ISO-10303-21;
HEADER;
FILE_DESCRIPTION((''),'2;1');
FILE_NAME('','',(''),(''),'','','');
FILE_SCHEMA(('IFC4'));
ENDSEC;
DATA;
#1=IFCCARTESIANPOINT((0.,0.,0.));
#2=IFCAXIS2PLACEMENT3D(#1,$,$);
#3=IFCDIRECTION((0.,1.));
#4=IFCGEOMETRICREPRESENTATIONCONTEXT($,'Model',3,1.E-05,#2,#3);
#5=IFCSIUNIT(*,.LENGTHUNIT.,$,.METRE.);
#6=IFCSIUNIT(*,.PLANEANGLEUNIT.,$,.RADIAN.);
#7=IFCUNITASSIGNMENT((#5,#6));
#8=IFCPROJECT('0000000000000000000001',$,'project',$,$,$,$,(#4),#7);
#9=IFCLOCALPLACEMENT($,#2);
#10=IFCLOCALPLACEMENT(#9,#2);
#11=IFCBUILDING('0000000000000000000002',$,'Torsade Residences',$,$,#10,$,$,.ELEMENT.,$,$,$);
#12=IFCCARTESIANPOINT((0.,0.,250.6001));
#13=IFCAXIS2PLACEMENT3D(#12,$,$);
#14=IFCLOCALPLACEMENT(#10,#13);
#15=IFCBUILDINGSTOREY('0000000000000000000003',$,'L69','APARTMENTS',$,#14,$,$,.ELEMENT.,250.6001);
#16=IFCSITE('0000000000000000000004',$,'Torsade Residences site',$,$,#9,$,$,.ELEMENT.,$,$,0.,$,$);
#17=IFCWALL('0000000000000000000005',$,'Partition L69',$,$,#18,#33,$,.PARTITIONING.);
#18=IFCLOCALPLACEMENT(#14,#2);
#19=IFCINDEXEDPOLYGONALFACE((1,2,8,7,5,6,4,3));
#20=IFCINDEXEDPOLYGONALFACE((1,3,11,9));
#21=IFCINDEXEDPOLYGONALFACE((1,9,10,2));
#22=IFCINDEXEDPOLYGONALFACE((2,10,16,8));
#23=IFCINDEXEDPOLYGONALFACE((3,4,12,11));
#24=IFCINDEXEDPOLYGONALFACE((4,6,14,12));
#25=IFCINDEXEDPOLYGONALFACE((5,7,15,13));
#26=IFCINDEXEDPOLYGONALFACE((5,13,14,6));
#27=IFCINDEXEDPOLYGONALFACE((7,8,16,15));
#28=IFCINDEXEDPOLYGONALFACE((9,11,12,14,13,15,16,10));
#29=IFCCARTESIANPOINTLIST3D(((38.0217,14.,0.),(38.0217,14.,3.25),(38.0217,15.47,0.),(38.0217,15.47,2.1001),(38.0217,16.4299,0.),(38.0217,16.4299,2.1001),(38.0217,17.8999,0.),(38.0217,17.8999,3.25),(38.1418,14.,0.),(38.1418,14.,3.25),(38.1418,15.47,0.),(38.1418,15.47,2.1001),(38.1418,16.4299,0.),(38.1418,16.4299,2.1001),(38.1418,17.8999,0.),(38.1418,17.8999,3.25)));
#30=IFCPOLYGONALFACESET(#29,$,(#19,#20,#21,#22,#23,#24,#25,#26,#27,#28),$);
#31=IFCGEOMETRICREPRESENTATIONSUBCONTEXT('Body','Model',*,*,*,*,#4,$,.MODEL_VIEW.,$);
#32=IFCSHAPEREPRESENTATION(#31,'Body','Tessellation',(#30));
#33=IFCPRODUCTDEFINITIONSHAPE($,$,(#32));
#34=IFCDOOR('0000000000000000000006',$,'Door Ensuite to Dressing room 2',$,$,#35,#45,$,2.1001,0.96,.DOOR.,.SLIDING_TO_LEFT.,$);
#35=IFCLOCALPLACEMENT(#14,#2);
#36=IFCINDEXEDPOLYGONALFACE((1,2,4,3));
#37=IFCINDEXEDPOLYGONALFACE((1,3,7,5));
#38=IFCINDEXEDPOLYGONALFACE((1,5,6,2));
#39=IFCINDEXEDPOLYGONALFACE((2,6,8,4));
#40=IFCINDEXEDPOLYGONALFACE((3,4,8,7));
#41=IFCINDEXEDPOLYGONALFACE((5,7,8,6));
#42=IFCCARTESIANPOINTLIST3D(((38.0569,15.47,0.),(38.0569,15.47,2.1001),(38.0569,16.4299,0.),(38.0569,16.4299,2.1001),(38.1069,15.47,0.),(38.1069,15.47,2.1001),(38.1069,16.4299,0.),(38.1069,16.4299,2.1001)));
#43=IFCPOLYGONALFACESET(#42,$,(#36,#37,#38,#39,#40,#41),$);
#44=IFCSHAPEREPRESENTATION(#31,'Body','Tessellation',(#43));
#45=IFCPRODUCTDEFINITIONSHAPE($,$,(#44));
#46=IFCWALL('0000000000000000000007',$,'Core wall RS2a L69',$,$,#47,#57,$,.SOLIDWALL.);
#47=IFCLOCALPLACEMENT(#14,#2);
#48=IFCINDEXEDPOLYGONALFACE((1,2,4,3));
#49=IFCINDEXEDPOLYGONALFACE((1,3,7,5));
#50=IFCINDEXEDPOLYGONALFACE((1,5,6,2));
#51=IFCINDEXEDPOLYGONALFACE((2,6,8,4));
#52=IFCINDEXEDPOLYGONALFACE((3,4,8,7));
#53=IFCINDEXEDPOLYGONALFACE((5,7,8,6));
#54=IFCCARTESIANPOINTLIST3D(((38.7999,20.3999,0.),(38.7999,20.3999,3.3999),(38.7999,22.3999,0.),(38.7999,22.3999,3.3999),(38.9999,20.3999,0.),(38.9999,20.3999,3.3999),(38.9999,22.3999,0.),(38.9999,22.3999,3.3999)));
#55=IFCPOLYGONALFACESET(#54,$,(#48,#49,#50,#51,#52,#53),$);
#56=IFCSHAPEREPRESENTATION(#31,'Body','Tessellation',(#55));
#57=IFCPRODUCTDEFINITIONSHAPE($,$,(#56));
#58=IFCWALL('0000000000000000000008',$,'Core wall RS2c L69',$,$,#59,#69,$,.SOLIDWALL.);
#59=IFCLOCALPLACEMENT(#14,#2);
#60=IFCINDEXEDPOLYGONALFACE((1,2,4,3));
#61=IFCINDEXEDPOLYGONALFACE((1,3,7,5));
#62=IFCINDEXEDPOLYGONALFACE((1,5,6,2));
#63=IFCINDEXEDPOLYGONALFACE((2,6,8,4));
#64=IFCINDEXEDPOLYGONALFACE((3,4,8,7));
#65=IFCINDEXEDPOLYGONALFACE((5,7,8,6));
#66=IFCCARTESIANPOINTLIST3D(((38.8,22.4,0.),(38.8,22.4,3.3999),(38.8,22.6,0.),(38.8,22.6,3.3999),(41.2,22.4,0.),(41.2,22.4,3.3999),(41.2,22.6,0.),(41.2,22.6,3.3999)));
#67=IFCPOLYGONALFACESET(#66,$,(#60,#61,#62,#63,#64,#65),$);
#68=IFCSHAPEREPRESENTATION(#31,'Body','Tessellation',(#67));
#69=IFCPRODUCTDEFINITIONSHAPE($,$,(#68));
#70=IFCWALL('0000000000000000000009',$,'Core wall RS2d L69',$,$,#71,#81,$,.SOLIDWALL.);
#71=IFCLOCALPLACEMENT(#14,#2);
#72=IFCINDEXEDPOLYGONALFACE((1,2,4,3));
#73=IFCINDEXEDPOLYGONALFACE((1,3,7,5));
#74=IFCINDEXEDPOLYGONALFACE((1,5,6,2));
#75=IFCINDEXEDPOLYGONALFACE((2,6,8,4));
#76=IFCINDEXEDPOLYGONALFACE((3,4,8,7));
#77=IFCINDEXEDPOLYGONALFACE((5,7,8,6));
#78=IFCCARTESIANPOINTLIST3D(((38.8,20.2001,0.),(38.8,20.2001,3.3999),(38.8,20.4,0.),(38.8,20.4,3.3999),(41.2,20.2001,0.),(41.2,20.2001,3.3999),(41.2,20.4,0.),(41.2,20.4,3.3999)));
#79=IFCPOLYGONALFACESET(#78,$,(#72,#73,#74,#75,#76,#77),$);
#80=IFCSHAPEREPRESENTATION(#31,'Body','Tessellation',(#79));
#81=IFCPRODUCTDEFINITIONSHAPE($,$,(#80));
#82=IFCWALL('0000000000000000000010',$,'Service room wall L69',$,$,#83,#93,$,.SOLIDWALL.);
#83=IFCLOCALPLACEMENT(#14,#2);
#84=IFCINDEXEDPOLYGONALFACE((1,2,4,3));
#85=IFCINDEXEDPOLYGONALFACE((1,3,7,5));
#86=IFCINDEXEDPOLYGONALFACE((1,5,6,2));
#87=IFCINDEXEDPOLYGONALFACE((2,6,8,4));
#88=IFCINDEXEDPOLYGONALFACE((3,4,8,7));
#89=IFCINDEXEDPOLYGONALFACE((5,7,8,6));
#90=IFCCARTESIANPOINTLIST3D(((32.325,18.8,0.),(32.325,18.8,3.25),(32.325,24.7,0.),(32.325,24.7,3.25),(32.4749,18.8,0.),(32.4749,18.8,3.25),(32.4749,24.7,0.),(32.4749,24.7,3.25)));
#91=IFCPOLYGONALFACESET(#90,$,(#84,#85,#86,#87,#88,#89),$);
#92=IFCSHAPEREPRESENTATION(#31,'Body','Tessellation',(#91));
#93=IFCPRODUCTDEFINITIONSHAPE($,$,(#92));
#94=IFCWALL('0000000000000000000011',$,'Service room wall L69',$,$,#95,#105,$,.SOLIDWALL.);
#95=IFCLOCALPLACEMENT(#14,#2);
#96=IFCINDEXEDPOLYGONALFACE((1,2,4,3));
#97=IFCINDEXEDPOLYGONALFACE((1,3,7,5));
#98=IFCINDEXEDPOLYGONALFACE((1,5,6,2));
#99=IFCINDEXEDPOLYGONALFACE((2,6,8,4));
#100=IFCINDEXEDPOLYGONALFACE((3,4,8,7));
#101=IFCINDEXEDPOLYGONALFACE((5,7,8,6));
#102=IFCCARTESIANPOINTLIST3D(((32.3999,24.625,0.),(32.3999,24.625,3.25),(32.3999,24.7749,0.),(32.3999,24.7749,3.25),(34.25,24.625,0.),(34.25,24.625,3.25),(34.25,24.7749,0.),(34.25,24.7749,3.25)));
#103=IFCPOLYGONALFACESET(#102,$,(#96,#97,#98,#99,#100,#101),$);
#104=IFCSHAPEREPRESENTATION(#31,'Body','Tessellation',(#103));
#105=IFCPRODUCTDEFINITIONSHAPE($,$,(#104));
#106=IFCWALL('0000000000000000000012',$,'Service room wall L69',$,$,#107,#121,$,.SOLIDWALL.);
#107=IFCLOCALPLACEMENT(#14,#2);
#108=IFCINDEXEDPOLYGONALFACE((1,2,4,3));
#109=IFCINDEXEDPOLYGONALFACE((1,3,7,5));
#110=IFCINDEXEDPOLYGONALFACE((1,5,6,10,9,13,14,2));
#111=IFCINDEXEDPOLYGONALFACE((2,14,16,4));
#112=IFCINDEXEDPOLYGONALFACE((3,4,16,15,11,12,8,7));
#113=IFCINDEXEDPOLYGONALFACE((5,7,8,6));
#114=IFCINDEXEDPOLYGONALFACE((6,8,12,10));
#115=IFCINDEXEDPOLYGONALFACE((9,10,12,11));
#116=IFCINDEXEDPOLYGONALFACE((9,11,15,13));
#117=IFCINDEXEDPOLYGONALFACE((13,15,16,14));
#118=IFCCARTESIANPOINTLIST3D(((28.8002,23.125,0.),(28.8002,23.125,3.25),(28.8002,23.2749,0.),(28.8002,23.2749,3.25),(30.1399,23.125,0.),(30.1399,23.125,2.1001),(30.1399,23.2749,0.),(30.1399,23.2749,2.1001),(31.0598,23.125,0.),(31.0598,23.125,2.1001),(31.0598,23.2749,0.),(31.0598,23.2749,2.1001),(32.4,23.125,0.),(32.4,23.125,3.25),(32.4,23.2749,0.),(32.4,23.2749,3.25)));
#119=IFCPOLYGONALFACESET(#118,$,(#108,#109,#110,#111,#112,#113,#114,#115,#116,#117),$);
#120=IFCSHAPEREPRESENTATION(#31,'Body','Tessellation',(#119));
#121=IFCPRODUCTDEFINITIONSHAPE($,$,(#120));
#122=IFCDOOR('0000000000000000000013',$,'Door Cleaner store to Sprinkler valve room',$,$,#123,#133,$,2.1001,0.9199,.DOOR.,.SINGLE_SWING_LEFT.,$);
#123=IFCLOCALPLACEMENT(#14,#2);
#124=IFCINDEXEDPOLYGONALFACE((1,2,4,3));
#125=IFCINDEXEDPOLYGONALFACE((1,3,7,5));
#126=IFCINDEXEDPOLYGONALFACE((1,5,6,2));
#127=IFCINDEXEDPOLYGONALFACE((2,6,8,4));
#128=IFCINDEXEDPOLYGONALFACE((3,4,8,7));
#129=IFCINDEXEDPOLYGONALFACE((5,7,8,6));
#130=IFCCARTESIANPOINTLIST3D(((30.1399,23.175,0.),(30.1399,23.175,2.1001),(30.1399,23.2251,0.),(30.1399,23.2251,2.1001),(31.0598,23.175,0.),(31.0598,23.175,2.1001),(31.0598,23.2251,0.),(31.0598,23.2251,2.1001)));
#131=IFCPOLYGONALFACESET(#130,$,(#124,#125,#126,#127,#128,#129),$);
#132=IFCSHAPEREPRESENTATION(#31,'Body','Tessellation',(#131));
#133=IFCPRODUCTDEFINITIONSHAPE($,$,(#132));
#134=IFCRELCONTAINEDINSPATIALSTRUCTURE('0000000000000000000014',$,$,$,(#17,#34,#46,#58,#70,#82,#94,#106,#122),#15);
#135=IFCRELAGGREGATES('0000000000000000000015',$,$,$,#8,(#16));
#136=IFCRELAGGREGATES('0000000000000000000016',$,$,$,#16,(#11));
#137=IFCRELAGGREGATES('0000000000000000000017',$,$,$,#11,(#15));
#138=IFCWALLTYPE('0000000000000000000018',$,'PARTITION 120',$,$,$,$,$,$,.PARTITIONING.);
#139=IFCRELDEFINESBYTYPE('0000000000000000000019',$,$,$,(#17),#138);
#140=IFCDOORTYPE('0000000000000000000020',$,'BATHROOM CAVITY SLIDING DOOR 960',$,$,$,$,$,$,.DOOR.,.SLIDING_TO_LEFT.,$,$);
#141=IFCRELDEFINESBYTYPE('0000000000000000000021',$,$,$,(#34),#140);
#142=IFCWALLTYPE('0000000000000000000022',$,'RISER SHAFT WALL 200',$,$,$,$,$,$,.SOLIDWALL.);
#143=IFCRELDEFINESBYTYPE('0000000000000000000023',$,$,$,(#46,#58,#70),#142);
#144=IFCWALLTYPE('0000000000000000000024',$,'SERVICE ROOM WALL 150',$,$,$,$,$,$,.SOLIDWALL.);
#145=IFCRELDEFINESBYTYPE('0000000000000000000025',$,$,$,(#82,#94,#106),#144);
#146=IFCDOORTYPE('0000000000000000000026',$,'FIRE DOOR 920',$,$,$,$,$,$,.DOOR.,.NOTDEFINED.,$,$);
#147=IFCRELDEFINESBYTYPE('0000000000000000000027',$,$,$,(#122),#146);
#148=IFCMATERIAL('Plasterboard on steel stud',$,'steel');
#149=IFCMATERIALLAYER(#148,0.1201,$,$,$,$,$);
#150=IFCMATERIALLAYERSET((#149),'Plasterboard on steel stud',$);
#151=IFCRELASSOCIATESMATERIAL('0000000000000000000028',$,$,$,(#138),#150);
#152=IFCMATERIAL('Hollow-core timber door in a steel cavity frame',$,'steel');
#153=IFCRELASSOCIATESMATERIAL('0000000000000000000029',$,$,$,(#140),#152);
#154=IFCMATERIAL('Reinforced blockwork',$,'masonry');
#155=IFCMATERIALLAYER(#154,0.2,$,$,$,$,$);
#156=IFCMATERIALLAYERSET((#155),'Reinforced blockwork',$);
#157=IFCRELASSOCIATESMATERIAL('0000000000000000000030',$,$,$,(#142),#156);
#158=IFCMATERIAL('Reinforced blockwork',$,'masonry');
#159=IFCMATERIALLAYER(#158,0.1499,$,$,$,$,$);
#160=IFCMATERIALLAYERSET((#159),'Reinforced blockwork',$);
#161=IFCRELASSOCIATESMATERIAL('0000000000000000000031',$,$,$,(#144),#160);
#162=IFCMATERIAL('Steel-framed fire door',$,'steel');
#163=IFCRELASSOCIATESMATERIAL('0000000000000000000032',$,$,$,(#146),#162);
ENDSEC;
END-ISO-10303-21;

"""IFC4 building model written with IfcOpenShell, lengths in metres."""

from ifc_helpers import new_model, si_unit, direction, frame, frame_2d, origin, place, context, subcontext, project, spatial, rectangle, extrude, material, layer, layer_set, type_object, element, fill, save


model = new_model("IFC4")

# Units and contexts
model_context = context("Model", 3, precision=1e-05, world=origin(), true_north=direction((0.0, 1.0)))
body_context = subcontext(model_context, "Body", "Model", "MODEL_VIEW")
ifc_project = project(units=[si_unit("LENGTHUNIT", "METRE"), si_unit("PLANEANGLEUNIT", "RADIAN")], contexts=[model_context])

# Site, building, storey
site_placement = place(None, origin())
site = spatial("IfcSite", under=ifc_project, at=site_placement, Name="Torsade Residences site", CompositionType="ELEMENT", RefElevation=0.0)
building_placement = place(site_placement, origin())
building = spatial("IfcBuilding", under=site, at=building_placement, Name="Torsade Residences", CompositionType="ELEMENT")
storey_placement = place(building_placement, frame((0.0, 0.0, 250.6001)))
storey = spatial("IfcBuildingStorey", under=building, at=storey_placement, Name="L69", Description="APARTMENTS", CompositionType="ELEMENT", Elevation=250.6001)

# Wall, opening, door
ifc_material_1 = material(Name="Plasterboard on steel stud", Category="steel")
ifc_layer_1 = layer(ifc_material_1, 0.1201)
ifc_layer_set_1 = layer_set([ifc_layer_1], Name="Plasterboard on steel stud")
wall_type_1 = type_object("IfcWallType", Name="PARTITION 120", PredefinedType="PARTITIONING", material=ifc_layer_set_1)
ifc_material_2 = material(Name="Hollow-core timber door in a steel cavity frame", Category="steel")
door_type_1 = type_object("IfcDoorType", Name="BATHROOM CAVITY SLIDING DOOR 960", OperationType="SLIDING_TO_LEFT", PredefinedType="DOOR", material=ifc_material_2)
wall_1_placement = place(storey_placement, frame((38.0818, 14.0, 0.0), z_axis=(0.0, 0.0, 1.0), x_axis=(0.0, 1.0, 0.0)))
wall_1 = element("IfcWall", 1, at=wall_1_placement, inside=storey, type_object=wall_type_1, Name="Partition L69", PredefinedType="PARTITIONING", context=body_context, shape_type="SweptSolid", body=[
    extrude(rectangle(XDim=3.8999, YDim=0.1201, at=frame_2d((1.95, 0.0))), origin(), (0.0, 0.0, 1.0), 3.25),
])
opening_1_placement = place(wall_1_placement, frame((1.47, 0.0, 0.0)))
opening_1 = element("IfcOpeningElement", 2, at=opening_1_placement, cuts=wall_1, PredefinedType="OPENING", context=body_context, shape_type="SweptSolid", body=[
    extrude(rectangle(XDim=0.96, YDim=2.1001, at=frame_2d((0.48, 1.05))), frame((0.0, 0.0701, 0.0), z_axis=(0.0, -1.0, 0.0), x_axis=(1.0, 0.0, 0.0)), (0.0, 0.0, 1.0), 0.1401),
])
door_1_placement = place(opening_1_placement, origin())
door_1 = element("IfcDoor", 3, at=door_1_placement, inside=storey, type_object=door_type_1, Name="Door Ensuite to Dressing room 2", OperationType="SLIDING_TO_LEFT", OverallHeight=2.1001, OverallWidth=0.96, PredefinedType="DOOR", context=body_context, shape_type="SweptSolid", body=[
    extrude(rectangle(XDim=0.96, YDim=2.1001, at=frame_2d((0.48, 1.05))), frame((0.0, 0.0249, 0.0), z_axis=(0.0, -1.0, 0.0), x_axis=(1.0, 0.0, 0.0)), (0.0, 0.0, 1.0), 0.05),
])
fill(opening_1, door_1)

# Walls
ifc_material_3 = material(Name="Reinforced blockwork", Category="masonry")
ifc_layer_2 = layer(ifc_material_3, 0.2)
ifc_layer_set_2 = layer_set([ifc_layer_2], Name="Reinforced blockwork")
wall_type_2 = type_object("IfcWallType", Name="RISER SHAFT WALL 200", PredefinedType="SOLIDWALL", material=ifc_layer_set_2)
wall_2_placement = place(storey_placement, frame((38.8999, 22.3999, 0.0), z_axis=(0.0, 0.0, 1.0), x_axis=(0.0, -1.0, 0.0)))
element("IfcWall", 4, at=wall_2_placement, inside=storey, type_object=wall_type_2, Name="Core wall RS2a L69", PredefinedType="SOLIDWALL", context=body_context, shape_type="SweptSolid", body=[
    extrude(rectangle(XDim=2.0, YDim=0.2, at=frame_2d((1.0, 0.0))), origin(), (0.0, 0.0, 1.0), 3.3999),
])
for number, where, z_axis, x_axis, name in (
    (5, (38.8, 22.5, 0.0), (0.0, 0.0, 1.0), (1.0, 0.0, 0.0), "Core wall RS2c L69"),
    (6, (38.8, 20.3, 0.0), (0.0, 0.0, 1.0), (1.0, 0.0, 0.0), "Core wall RS2d L69"),
):
    element("IfcWall", number, at=place(storey_placement, frame(where, z_axis=z_axis, x_axis=x_axis)), inside=storey, type_object=wall_type_2, Name=name, PredefinedType="SOLIDWALL", context=body_context, shape_type="SweptSolid", body=[
        extrude(rectangle(XDim=2.3999, YDim=0.2, at=frame_2d((1.2, 0.0))), origin(), (0.0, 0.0, 1.0), 3.3999),
    ])
ifc_material_4 = material(Name="Reinforced blockwork", Category="masonry")
ifc_layer_3 = layer(ifc_material_4, 0.1499)
ifc_layer_set_3 = layer_set([ifc_layer_3], Name="Reinforced blockwork")
wall_type_3 = type_object("IfcWallType", Name="SERVICE ROOM WALL 150", PredefinedType="SOLIDWALL", material=ifc_layer_set_3)
wall_3_placement = place(storey_placement, frame((32.3999, 18.8, 0.0), z_axis=(0.0, 0.0, 1.0), x_axis=(0.0, 1.0, 0.0)))
element("IfcWall", 7, at=wall_3_placement, inside=storey, type_object=wall_type_3, Name="Service room wall L69", PredefinedType="SOLIDWALL", context=body_context, shape_type="SweptSolid", body=[
    extrude(rectangle(XDim=5.8999, YDim=0.1499, at=frame_2d((2.95, 0.0))), origin(), (0.0, 0.0, 1.0), 3.25),
])
wall_4_placement = place(storey_placement, frame((32.3999, 24.7, 0.0), z_axis=(0.0, 0.0, 1.0), x_axis=(1.0, 0.0, 0.0)))
element("IfcWall", 8, at=wall_4_placement, inside=storey, type_object=wall_type_3, Name="Service room wall L69", PredefinedType="SOLIDWALL", context=body_context, shape_type="SweptSolid", body=[
    extrude(rectangle(XDim=1.8501, YDim=0.1499, at=frame_2d((0.925, 0.0))), origin(), (0.0, 0.0, 1.0), 3.25),
])

# Wall, opening, door
wall_5_placement = place(storey_placement, frame((32.3999, 23.2, 0.0), z_axis=(0.0, 0.0, 1.0), x_axis=(-1.0, 0.0, 0.0)))
wall_5 = element("IfcWall", 9, at=wall_5_placement, inside=storey, type_object=wall_type_3, Name="Service room wall L69", PredefinedType="SOLIDWALL", context=body_context, shape_type="SweptSolid", body=[
    extrude(rectangle(XDim=3.5999, YDim=0.1499, at=frame_2d((1.7998, 0.0))), origin(), (0.0, 0.0, 1.0), 3.25),
])
opening_2_placement = place(wall_5_placement, frame((1.3401, 0.0, 0.0)))
opening_2 = element("IfcOpeningElement", 10, at=opening_2_placement, cuts=wall_5, PredefinedType="OPENING", context=body_context, shape_type="SweptSolid", body=[
    extrude(rectangle(XDim=0.9199, YDim=2.1001, at=frame_2d((0.46, 1.05))), frame((0.0, 0.085, 0.0), z_axis=(0.0, -1.0, 0.0), x_axis=(1.0, 0.0, 0.0)), (0.0, 0.0, 1.0), 0.1699),
])
ifc_material_5 = material(Name="Steel-framed fire door", Category="steel")
door_type_2 = type_object("IfcDoorType", Name="FIRE DOOR 920", OperationType="NOTDEFINED", PredefinedType="DOOR", material=ifc_material_5)
door_2_placement = place(opening_2_placement, origin())
door_2 = element("IfcDoor", 11, at=door_2_placement, inside=storey, type_object=door_type_2, Name="Door Cleaner store to Sprinkler valve room", OperationType="SINGLE_SWING_LEFT", OverallHeight=2.1001, OverallWidth=0.9199, PredefinedType="DOOR", context=body_context, shape_type="SweptSolid", body=[
    extrude(rectangle(XDim=0.9199, YDim=2.1001, at=frame_2d((0.46, 1.05))), frame((0.0, 0.0249, 0.0), z_axis=(0.0, -1.0, 0.0), x_axis=(1.0, 0.0, 0.0)), (0.0, 0.0, 1.0), 0.05),
])
fill(opening_2, door_2)

save(model, "model.ifc")
